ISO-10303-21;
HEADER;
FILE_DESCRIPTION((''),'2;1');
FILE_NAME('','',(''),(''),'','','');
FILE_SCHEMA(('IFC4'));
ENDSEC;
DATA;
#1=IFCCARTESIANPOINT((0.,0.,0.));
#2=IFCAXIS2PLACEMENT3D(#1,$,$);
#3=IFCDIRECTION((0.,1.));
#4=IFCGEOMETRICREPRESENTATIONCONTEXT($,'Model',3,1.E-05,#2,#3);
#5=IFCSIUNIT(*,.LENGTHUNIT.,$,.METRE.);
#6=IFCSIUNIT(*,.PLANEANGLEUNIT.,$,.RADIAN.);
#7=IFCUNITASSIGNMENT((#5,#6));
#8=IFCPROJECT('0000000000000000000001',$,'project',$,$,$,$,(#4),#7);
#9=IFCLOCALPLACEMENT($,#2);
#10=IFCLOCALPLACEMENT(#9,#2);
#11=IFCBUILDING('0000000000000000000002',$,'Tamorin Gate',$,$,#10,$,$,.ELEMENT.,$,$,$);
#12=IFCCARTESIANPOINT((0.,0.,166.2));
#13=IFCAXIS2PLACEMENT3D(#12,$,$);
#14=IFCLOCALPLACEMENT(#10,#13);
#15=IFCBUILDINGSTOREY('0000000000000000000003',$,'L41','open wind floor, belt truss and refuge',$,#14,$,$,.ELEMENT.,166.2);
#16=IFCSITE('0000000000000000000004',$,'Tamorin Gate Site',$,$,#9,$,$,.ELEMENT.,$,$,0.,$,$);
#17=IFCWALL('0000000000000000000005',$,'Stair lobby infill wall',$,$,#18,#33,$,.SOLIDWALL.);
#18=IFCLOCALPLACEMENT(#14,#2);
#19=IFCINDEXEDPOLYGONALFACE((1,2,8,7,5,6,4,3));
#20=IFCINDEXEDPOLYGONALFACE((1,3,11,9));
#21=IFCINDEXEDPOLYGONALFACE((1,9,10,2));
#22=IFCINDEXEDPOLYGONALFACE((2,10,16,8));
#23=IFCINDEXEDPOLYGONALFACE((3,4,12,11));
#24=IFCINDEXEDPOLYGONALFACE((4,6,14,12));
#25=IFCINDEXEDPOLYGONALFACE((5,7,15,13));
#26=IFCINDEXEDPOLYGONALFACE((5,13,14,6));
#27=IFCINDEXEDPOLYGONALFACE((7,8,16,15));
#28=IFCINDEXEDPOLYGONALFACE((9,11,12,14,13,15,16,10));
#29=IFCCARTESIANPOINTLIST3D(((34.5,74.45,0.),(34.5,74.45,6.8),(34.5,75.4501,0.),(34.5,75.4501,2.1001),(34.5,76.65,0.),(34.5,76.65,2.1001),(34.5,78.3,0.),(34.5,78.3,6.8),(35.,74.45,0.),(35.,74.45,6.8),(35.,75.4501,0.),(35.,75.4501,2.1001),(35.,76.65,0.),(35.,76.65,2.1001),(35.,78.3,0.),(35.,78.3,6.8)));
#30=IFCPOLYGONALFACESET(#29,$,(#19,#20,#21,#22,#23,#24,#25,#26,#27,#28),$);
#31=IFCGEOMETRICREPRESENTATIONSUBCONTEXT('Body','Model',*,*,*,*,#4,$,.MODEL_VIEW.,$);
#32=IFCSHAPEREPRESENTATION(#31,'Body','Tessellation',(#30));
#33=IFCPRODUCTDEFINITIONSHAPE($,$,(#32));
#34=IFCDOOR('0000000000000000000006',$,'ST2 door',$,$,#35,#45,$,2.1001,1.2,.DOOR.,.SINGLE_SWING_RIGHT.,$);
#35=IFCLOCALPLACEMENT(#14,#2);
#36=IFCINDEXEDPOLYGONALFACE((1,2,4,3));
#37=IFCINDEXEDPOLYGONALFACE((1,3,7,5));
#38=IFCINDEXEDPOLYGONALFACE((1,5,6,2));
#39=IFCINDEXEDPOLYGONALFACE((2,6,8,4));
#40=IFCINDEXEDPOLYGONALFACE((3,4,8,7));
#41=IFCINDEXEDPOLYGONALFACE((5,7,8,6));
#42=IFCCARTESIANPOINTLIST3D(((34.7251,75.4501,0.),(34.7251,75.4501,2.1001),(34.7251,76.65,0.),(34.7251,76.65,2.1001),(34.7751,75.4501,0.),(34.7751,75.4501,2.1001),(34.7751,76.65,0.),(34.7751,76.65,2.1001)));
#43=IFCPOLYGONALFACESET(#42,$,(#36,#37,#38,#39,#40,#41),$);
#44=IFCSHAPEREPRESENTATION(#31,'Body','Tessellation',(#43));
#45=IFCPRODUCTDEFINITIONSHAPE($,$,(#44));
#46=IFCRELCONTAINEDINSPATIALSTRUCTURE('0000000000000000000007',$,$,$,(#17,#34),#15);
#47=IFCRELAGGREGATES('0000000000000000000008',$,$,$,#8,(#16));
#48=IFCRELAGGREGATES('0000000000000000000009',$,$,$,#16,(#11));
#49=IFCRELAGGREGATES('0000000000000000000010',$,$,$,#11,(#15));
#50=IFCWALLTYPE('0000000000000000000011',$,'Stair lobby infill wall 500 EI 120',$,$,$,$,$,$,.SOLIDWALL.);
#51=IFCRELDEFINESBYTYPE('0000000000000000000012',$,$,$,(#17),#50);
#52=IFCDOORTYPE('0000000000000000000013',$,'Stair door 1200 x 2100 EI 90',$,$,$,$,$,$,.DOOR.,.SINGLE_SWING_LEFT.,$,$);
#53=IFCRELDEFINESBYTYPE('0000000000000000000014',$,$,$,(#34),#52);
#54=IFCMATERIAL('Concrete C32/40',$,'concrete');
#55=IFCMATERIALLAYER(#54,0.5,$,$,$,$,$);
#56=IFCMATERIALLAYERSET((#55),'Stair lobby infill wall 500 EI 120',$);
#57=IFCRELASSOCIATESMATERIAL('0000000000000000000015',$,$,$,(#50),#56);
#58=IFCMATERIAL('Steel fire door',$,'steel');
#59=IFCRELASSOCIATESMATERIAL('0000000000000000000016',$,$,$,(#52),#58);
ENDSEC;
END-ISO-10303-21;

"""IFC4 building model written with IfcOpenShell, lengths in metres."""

from ifc_helpers import new_model, si_unit, direction, frame, frame_2d, origin, place, context, subcontext, project, spatial, rectangle, extrude, material, layer, layer_set, type_object, element, fill, save


model = new_model("IFC4")

# Units and contexts
model_context = context("Model", 3, precision=1e-05, world=origin(), true_north=direction((0.0, 1.0)))
body_context = subcontext(model_context, "Body", "Model", "MODEL_VIEW")
ifc_project = project(units=[si_unit("LENGTHUNIT", "METRE"), si_unit("PLANEANGLEUNIT", "RADIAN")], contexts=[model_context])

# Site, building, storey
site_placement = place(None, origin())
site = spatial("IfcSite", under=ifc_project, at=site_placement, Name="Tamorin Gate Site", CompositionType="ELEMENT", RefElevation=0.0)
building_placement = place(site_placement, origin())
building = spatial("IfcBuilding", under=site, at=building_placement, Name="Tamorin Gate", CompositionType="ELEMENT")
storey_placement = place(building_placement, frame((0.0, 0.0, 166.2)))
storey = spatial("IfcBuildingStorey", under=building, at=storey_placement, Name="L41", Description="open wind floor, belt truss and refuge", CompositionType="ELEMENT", Elevation=166.2)

# Shared definitions
ifc_material_1 = material(Name="Concrete C32/40", Category="concrete")

# Shared definitions
ifc_material_2 = material(Name="Steel fire door", Category="steel")

# Wall, opening, door
ifc_layer_1 = layer(ifc_material_1, 0.5)
ifc_layer_set_1 = layer_set([ifc_layer_1], Name="Stair lobby infill wall 500 EI 120")
wall_type_1 = type_object("IfcWallType", Name="Stair lobby infill wall 500 EI 120", PredefinedType="SOLIDWALL", material=ifc_layer_set_1)
wall_1_placement = place(storey_placement, frame((34.75, 74.45, 0.0), z_axis=(0.0, 0.0, 1.0), x_axis=(0.0, 1.0, 0.0)))
wall_1 = element("IfcWall", 1, at=wall_1_placement, inside=storey, type_object=wall_type_1, Name="Stair lobby infill wall", PredefinedType="SOLIDWALL", context=body_context, shape_type="SweptSolid", body=[
    extrude(rectangle(XDim=3.8501, YDim=0.5, at=frame_2d((1.925, 0.0))), origin(), (0.0, 0.0, 1.0), 6.8),
])
opening_1_placement = place(wall_1_placement, frame((1.0, 0.0, 0.0)))
opening_1 = element("IfcOpeningElement", 2, at=opening_1_placement, cuts=wall_1, PredefinedType="OPENING", context=body_context, shape_type="SweptSolid", body=[
    extrude(rectangle(XDim=1.2, YDim=2.1001, at=frame_2d((0.6001, 1.05))), frame((0.0, 0.26, 0.0), z_axis=(0.0, -1.0, 0.0), x_axis=(1.0, 0.0, 0.0)), (0.0, 0.0, 1.0), 0.52),
])
door_type_1 = type_object("IfcDoorType", Name="Stair door 1200 x 2100 EI 90", OperationType="SINGLE_SWING_LEFT", PredefinedType="DOOR", material=ifc_material_2)
door_1_placement = place(opening_1_placement, origin())
door_1 = element("IfcDoor", 3, at=door_1_placement, inside=storey, type_object=door_type_1, Name="ST2 door", OperationType="SINGLE_SWING_RIGHT", OverallHeight=2.1001, OverallWidth=1.2, PredefinedType="DOOR", context=body_context, shape_type="SweptSolid", body=[
    extrude(rectangle(XDim=1.2, YDim=2.1001, at=frame_2d((0.6001, 1.05))), frame((0.0, 0.0249, 0.0), z_axis=(0.0, -1.0, 0.0), x_axis=(1.0, 0.0, 0.0)), (0.0, 0.0, 1.0), 0.05),
])
fill(opening_1, door_1)

save(model, "model.ifc")
